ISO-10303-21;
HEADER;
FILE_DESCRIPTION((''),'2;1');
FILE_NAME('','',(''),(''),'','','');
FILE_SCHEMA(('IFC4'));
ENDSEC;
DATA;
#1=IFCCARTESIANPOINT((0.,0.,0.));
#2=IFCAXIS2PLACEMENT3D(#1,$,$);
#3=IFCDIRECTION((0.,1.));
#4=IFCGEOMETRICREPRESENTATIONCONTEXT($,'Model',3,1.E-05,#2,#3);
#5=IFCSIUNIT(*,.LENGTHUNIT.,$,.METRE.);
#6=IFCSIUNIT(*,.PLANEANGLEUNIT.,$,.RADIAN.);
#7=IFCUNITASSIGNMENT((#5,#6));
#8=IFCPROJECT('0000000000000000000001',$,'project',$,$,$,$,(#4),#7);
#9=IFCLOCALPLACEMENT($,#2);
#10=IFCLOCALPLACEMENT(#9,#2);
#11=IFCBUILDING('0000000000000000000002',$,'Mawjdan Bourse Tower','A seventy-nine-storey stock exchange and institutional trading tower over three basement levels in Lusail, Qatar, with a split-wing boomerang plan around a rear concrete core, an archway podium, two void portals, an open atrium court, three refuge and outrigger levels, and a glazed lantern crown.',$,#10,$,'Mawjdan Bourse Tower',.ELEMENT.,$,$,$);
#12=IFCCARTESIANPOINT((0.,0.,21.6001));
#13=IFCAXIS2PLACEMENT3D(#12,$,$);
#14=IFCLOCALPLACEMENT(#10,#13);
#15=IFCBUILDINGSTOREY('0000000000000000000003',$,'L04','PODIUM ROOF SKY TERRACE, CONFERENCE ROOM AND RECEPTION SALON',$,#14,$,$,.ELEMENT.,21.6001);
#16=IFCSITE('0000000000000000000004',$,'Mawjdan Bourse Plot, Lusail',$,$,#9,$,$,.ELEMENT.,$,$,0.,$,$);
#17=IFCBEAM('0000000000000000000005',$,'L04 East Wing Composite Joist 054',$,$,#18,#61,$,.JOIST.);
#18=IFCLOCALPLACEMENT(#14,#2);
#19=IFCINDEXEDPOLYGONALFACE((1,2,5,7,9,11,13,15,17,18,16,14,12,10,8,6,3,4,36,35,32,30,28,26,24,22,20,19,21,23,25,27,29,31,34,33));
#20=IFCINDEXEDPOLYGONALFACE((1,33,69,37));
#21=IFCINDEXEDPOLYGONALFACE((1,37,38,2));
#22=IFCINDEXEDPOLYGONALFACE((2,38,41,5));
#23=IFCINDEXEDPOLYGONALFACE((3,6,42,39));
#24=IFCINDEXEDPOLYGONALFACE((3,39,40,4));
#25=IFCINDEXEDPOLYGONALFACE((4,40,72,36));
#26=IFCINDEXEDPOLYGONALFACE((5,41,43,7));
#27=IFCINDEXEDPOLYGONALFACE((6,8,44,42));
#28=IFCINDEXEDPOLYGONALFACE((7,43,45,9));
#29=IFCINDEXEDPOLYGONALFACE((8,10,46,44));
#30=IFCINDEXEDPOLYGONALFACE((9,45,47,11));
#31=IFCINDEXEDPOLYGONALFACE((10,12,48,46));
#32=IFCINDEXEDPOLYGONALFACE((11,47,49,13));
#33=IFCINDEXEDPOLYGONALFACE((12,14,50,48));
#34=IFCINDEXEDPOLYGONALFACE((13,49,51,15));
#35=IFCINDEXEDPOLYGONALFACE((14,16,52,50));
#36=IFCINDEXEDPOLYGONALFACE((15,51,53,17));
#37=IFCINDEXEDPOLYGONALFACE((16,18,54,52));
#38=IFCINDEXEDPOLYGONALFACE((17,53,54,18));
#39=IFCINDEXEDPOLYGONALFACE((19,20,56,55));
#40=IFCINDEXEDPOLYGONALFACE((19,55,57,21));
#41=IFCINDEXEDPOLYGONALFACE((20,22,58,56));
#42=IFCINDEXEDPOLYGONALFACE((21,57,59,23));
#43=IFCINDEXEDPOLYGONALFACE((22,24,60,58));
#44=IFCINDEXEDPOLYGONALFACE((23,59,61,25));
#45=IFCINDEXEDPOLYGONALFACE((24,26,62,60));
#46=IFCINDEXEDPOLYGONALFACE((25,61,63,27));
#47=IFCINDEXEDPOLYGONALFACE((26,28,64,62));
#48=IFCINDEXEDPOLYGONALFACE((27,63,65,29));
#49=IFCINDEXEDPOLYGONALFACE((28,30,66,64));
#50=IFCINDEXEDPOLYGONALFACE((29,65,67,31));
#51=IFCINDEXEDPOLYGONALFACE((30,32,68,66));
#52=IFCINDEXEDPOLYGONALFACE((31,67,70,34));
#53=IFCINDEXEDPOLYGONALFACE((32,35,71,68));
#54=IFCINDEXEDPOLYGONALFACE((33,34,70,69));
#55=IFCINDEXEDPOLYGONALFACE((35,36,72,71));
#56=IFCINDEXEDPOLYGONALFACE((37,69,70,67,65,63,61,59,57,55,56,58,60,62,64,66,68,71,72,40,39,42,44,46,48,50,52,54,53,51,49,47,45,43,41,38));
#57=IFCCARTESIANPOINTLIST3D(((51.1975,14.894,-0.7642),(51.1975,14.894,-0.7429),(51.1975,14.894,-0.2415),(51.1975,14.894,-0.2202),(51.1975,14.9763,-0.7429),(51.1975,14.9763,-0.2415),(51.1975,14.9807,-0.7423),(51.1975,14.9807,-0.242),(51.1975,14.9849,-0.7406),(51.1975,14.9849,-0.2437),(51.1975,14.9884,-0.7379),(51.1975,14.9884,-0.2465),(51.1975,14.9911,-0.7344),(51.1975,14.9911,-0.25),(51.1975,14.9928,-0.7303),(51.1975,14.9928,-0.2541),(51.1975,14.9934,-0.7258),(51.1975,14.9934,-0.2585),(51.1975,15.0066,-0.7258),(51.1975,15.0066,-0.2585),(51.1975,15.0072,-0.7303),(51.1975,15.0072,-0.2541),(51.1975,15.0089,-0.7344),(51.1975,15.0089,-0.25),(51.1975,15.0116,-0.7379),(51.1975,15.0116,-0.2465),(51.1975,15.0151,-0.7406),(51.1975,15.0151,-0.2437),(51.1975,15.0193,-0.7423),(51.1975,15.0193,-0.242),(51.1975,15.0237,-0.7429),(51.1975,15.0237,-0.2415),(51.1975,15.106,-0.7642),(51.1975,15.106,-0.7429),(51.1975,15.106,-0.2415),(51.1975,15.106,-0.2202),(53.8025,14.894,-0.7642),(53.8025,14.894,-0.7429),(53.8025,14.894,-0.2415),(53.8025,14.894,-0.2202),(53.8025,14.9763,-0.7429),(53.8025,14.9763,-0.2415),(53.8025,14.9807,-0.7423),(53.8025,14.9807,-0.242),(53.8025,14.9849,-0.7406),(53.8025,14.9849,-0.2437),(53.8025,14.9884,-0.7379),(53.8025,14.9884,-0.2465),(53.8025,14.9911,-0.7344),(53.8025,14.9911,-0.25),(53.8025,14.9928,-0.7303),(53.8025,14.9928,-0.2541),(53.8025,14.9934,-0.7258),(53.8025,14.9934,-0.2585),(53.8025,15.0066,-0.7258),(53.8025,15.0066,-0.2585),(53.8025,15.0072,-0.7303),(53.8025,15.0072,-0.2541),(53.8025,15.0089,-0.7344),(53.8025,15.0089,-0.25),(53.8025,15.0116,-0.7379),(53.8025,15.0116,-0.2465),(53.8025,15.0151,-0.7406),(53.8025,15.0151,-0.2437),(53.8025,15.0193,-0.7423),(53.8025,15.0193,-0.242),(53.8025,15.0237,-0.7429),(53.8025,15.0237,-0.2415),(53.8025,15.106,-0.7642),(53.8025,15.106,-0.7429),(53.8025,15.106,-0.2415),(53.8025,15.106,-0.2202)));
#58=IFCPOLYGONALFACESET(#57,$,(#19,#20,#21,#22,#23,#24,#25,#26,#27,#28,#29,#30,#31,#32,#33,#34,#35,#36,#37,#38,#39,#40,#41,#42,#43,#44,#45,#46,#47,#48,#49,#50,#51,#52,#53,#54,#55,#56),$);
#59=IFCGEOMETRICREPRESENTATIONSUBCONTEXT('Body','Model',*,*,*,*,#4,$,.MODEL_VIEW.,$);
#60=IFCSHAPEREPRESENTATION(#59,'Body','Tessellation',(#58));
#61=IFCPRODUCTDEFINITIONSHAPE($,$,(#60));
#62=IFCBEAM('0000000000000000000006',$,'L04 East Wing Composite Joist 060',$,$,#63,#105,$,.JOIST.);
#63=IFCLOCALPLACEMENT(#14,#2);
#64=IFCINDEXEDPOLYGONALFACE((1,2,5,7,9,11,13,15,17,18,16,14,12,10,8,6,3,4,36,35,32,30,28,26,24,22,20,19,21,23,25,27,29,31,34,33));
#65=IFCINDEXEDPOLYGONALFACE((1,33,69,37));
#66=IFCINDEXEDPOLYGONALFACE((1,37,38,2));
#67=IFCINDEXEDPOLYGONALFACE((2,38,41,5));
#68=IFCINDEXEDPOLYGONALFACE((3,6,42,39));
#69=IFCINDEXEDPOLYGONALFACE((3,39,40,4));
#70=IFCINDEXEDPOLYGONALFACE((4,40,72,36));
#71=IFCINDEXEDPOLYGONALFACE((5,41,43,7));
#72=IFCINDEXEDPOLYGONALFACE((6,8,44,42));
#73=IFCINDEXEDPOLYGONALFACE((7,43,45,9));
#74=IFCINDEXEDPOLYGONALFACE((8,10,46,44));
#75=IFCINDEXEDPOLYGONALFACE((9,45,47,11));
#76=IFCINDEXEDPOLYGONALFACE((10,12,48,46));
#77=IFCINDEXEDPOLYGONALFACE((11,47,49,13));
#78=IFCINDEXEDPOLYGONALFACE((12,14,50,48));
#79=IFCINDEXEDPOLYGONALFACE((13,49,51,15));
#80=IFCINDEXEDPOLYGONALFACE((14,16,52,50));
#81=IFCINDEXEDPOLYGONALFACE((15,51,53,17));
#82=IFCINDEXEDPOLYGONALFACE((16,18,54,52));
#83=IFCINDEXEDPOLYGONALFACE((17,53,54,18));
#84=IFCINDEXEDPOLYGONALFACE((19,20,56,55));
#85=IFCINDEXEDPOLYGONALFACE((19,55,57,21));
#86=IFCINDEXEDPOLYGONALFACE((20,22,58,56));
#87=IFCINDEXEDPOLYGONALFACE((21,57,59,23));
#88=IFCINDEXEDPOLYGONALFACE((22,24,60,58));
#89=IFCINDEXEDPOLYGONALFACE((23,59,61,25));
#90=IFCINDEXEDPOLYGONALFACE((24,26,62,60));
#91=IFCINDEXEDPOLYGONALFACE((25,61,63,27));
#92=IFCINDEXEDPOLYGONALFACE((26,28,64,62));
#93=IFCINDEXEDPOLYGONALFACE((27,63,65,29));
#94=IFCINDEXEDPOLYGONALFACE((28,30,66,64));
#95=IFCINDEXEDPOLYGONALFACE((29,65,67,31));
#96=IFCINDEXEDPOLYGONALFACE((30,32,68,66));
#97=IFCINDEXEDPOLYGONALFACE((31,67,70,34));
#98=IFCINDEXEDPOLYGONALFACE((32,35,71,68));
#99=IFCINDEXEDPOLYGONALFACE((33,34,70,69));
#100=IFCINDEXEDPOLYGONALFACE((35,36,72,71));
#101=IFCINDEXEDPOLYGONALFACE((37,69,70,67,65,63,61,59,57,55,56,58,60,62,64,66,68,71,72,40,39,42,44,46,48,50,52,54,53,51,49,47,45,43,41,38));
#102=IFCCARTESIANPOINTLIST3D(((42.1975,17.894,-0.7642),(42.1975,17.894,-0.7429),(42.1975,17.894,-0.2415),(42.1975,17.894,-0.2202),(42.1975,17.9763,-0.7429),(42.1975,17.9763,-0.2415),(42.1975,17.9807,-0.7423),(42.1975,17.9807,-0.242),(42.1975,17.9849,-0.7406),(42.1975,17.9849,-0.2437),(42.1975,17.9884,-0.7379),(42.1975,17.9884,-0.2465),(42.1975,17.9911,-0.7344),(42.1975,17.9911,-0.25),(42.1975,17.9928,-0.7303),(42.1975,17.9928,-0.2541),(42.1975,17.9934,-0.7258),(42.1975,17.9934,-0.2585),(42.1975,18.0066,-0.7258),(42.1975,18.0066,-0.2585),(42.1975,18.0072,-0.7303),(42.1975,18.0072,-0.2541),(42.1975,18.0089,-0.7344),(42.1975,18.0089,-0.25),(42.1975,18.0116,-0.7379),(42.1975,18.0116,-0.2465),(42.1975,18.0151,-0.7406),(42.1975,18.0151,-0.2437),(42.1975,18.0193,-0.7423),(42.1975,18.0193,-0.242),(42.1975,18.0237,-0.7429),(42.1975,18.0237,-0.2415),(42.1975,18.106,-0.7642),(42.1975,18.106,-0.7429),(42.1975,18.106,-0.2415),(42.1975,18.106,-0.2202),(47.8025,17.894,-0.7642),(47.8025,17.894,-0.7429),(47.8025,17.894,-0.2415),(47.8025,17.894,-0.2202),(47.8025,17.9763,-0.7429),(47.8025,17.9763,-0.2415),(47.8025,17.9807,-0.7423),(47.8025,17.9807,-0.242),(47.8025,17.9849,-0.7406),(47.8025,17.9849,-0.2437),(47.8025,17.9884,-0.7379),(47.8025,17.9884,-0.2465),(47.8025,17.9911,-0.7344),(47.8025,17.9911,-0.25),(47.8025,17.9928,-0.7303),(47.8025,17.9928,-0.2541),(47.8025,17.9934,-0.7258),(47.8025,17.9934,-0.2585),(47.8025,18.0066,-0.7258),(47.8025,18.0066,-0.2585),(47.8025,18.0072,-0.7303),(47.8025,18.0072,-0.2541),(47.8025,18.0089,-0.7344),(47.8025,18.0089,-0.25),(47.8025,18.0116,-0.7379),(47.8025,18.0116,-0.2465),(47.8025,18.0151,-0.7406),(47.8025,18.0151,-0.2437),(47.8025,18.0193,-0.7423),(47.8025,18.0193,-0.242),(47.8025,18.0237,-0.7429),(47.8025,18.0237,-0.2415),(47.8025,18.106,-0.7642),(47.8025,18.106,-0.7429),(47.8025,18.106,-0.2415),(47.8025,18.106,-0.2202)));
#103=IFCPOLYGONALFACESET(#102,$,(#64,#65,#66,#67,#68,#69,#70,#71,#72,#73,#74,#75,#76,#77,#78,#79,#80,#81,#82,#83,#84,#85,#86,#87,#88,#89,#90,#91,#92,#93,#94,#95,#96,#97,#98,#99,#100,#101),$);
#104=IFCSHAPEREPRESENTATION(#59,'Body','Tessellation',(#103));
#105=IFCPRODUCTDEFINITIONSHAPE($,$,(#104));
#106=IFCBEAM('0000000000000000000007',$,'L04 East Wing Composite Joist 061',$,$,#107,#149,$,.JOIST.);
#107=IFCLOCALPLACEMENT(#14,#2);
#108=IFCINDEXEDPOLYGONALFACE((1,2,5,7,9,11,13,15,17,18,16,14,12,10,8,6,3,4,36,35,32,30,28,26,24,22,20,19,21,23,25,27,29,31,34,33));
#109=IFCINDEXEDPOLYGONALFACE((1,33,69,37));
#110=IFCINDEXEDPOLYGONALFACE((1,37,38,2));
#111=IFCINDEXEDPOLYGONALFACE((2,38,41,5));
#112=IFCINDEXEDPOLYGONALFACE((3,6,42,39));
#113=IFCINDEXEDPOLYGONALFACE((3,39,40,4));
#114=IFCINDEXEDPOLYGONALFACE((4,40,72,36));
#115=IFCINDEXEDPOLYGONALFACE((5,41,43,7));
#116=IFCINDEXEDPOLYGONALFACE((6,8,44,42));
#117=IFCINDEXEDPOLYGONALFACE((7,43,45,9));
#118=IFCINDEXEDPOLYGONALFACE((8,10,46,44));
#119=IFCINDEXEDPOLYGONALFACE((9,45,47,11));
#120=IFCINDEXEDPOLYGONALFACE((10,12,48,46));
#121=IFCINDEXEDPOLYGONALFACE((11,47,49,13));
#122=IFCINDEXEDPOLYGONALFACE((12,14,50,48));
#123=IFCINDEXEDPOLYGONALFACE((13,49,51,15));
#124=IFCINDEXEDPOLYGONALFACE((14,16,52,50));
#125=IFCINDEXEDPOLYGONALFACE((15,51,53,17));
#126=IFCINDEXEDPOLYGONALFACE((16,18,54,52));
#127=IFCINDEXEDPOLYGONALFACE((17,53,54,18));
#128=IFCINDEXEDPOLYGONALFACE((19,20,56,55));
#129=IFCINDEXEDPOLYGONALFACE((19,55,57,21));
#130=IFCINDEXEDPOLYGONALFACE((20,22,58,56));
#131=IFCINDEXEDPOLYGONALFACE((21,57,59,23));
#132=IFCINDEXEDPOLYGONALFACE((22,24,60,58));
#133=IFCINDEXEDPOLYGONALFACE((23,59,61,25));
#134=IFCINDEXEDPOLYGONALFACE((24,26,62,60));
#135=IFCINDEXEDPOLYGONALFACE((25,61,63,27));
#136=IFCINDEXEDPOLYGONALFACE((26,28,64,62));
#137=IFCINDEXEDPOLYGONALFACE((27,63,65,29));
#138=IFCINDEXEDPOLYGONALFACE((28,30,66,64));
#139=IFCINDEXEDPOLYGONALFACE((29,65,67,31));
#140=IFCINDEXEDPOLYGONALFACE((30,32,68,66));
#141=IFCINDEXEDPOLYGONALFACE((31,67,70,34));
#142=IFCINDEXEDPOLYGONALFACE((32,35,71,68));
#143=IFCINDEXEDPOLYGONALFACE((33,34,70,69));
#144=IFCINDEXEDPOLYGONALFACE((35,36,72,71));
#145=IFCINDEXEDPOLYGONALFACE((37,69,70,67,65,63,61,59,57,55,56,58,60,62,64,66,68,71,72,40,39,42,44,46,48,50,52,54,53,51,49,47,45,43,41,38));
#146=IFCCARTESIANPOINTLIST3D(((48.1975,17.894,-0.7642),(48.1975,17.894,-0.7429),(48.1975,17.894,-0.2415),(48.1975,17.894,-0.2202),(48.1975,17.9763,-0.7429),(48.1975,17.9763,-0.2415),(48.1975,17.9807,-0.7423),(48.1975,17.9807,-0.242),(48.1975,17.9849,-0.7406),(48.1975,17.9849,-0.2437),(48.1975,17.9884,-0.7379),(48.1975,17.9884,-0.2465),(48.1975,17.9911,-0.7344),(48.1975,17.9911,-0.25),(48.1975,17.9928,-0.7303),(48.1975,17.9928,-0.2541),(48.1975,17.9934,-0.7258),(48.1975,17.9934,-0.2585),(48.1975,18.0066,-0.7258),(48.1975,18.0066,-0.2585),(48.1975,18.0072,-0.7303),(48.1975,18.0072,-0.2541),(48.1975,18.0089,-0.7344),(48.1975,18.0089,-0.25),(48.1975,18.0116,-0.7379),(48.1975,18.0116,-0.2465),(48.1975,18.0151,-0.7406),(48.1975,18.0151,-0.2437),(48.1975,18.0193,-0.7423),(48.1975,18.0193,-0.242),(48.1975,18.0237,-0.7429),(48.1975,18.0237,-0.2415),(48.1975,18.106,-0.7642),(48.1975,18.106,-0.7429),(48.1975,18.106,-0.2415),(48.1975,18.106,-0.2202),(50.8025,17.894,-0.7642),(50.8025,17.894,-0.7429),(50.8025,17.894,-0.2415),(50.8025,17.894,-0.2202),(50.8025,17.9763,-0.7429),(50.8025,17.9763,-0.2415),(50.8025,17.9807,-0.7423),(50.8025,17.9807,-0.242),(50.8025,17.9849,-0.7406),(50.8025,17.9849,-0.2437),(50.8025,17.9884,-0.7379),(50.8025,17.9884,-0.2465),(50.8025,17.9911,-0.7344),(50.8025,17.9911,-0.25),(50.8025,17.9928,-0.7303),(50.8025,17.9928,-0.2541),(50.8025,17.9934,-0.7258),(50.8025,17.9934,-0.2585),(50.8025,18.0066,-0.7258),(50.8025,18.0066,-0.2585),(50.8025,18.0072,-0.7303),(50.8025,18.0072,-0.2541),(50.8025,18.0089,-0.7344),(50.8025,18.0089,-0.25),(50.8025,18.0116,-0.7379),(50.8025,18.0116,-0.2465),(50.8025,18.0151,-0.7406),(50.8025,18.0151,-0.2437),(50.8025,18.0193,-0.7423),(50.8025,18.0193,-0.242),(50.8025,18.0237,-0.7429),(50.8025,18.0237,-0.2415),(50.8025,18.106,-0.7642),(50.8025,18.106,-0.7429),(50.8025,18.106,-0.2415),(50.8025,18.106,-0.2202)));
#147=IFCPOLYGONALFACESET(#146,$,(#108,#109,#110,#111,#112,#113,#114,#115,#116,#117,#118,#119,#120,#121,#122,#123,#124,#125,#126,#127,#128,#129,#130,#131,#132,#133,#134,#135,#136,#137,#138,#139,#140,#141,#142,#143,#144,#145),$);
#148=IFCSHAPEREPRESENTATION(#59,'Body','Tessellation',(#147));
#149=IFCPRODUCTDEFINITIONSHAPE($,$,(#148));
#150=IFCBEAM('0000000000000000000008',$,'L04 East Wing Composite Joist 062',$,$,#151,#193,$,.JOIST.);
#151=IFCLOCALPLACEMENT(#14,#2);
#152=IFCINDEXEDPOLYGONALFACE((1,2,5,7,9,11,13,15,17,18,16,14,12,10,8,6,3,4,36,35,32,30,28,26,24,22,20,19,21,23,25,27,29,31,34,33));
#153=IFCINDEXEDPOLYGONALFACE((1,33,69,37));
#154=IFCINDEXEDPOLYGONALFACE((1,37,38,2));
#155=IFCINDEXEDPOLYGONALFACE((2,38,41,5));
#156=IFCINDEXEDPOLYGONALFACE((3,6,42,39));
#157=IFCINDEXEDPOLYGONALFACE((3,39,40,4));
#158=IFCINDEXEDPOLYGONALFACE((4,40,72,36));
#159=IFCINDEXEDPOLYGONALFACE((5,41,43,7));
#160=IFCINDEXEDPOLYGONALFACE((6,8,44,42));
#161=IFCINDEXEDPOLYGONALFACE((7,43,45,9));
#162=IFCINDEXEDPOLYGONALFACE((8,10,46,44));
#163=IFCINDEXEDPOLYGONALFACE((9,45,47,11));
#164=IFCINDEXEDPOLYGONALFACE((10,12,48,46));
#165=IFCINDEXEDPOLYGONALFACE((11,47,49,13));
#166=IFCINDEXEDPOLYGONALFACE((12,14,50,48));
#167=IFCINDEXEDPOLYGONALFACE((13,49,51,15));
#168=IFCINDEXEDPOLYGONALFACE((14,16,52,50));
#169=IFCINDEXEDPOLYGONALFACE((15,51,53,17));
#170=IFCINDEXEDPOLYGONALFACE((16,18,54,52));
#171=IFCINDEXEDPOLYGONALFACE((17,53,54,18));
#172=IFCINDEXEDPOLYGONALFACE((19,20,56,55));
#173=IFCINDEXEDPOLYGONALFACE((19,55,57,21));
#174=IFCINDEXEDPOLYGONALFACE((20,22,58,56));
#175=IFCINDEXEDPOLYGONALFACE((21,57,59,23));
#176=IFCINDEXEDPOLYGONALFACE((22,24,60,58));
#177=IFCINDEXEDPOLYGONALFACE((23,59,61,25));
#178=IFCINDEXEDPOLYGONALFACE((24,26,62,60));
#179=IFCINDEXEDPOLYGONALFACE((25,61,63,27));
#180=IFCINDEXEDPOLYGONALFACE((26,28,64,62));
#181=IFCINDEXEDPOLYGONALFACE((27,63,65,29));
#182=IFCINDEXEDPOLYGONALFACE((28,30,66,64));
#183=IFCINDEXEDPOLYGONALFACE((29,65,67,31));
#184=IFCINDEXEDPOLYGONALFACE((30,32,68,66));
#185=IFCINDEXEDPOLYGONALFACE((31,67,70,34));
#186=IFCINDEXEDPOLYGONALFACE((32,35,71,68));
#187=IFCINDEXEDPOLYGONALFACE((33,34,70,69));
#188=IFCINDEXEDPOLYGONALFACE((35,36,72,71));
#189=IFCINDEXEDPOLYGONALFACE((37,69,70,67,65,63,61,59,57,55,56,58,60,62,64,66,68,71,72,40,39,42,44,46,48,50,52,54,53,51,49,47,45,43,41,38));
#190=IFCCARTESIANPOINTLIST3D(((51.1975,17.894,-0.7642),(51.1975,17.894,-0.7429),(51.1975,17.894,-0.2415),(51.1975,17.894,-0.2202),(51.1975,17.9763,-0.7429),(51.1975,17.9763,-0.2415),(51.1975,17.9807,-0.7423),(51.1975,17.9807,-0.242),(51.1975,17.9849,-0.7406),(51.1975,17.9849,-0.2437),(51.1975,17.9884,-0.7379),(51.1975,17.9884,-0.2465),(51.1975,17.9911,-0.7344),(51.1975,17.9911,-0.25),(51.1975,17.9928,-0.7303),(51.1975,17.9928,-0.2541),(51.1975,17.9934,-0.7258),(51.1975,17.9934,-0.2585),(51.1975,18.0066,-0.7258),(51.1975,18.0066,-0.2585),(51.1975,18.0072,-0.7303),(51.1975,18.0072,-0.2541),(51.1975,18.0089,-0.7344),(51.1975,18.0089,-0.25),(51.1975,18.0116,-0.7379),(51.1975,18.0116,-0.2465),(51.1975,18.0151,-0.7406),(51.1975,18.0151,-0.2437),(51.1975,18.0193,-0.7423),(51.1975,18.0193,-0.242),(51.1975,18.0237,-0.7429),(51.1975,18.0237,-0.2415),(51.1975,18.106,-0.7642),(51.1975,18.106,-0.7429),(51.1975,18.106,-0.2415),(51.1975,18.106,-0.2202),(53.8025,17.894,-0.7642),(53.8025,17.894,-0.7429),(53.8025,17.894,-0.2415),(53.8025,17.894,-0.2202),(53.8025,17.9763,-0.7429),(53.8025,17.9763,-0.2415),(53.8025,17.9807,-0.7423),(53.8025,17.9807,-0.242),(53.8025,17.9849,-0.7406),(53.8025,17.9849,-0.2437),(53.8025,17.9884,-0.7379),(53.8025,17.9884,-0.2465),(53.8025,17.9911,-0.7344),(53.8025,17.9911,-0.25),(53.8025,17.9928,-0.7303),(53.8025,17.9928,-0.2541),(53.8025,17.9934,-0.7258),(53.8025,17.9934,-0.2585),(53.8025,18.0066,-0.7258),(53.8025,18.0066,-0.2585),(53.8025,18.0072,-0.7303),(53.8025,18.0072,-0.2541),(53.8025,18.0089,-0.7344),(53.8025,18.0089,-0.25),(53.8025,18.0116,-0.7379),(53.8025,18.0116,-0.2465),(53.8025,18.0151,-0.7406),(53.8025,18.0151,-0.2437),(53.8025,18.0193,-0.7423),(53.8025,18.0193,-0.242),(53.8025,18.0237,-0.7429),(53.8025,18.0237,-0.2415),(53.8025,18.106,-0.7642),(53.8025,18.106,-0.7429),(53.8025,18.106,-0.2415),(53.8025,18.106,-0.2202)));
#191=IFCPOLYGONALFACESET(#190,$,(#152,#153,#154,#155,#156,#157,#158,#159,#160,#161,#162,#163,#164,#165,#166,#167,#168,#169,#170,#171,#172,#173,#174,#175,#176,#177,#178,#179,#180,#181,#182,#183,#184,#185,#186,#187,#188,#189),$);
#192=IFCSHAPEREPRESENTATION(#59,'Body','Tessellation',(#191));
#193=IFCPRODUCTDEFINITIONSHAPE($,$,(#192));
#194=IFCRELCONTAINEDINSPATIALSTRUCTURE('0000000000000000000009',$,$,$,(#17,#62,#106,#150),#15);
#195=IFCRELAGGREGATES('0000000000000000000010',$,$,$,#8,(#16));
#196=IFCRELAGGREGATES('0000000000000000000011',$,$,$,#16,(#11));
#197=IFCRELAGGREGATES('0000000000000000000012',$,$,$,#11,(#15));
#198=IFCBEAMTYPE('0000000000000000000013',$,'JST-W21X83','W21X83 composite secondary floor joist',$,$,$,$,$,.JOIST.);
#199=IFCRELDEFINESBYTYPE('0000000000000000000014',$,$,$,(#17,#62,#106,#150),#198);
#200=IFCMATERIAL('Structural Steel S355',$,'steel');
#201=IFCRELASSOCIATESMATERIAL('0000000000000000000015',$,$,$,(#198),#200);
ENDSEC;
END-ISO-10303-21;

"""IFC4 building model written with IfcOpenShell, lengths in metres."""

from ifc_helpers import new_model, si_unit, direction, frame, origin, origin_2d, place, context, subcontext, project, spatial, i_section, extrude, material, material_profile, profile_set, type_object, element, save


model = new_model("IFC4")

# Units and contexts
model_context = context("Model", 3, precision=1e-05, world=origin(), true_north=direction((0.0, 1.0)))
body_context = subcontext(model_context, "Body", "Model", "MODEL_VIEW")
ifc_project = project(units=[si_unit("LENGTHUNIT", "METRE"), si_unit("PLANEANGLEUNIT", "RADIAN")], contexts=[model_context])

# Site, building, storey
site_placement = place(None, origin())
site = spatial("IfcSite", under=ifc_project, at=site_placement, Name="Mawjdan Bourse Plot, Lusail", CompositionType="ELEMENT", RefElevation=0.0)
building_placement = place(site_placement, origin())
building = spatial("IfcBuilding", under=site, at=building_placement, Name="Mawjdan Bourse Tower", Description="A seventy-nine-storey stock exchange and institutional trading tower over three basement levels in Lusail, Qatar, with a split-wing boomerang plan around a rear concrete core, an archway podium, two void portals, an open atrium court, three refuge and outrigger levels, and a glazed lantern crown.", LongName="Mawjdan Bourse Tower", CompositionType="ELEMENT")
storey_placement = place(building_placement, frame((0.0, 0.0, 21.6001)))
storey = spatial("IfcBuildingStorey", under=building, at=storey_placement, Name="L04", Description="PODIUM ROOF SKY TERRACE, CONFERENCE ROOM AND RECEPTION SALON", CompositionType="ELEMENT", Elevation=21.6001)

# Beams
ifc_material_1 = material(Name="Structural Steel S355", Category="steel")
ifc_material_profile_1 = material_profile(ifc_material_1, i_section(OverallWidth=0.2119, OverallDepth=0.5439, WebThickness=0.0132, FlangeThickness=0.0212, FilletRadius=0.0171, at=origin_2d()), Name="W21X83")
ifc_profile_set_1 = profile_set([ifc_material_profile_1], Name="Structural Steel S355")
beam_type_1 = type_object("IfcBeamType", Name="JST-W21X83", Description="W21X83 composite secondary floor joist", PredefinedType="JOIST", material=ifc_profile_set_1)
for number, where, z_axis, x_axis, name in (
    (1, (51.1975, 15.0, -0.4922), (1.0, 0.0, 0.0), (0.0, 1.0, 0.0), "L04 East Wing Composite Joist 054"),
):
    element("IfcBeam", number, at=place(storey_placement, frame(where, z_axis=z_axis, x_axis=x_axis)), inside=storey, type_object=beam_type_1, Name=name, PredefinedType="JOIST", context=body_context, shape_type="SweptSolid", body=[
        extrude(i_section(OverallWidth=0.2119, OverallDepth=0.5439, WebThickness=0.0132, FlangeThickness=0.0212, FilletRadius=0.0171, at=origin_2d()), origin(), (0.0, 0.0, 1.0), 2.605),
    ])
beam_1_placement = place(storey_placement, frame((42.1975, 18.0, -0.4922), z_axis=(1.0, 0.0, 0.0), x_axis=(0.0, 1.0, 0.0)))
element("IfcBeam", 2, at=beam_1_placement, inside=storey, type_object=beam_type_1, Name="L04 East Wing Composite Joist 060", PredefinedType="JOIST", context=body_context, shape_type="SweptSolid", body=[
    extrude(i_section(OverallWidth=0.2119, OverallDepth=0.5439, WebThickness=0.0132, FlangeThickness=0.0212, FilletRadius=0.0171, at=origin_2d()), origin(), (0.0, 0.0, 1.0), 5.605),
])
for number, where, z_axis, x_axis, name in (
    (3, (48.1975, 18.0, -0.4922), (1.0, 0.0, 0.0), (0.0, 1.0, 0.0), "L04 East Wing Composite Joist 061"),
    (4, (51.1975, 18.0, -0.4922), (1.0, 0.0, 0.0), (0.0, 1.0, 0.0), "L04 East Wing Composite Joist 062"),
):
    element("IfcBeam", number, at=place(storey_placement, frame(where, z_axis=z_axis, x_axis=x_axis)), inside=storey, type_object=beam_type_1, Name=name, PredefinedType="JOIST", context=body_context, shape_type="SweptSolid", body=[
        extrude(i_section(OverallWidth=0.2119, OverallDepth=0.5439, WebThickness=0.0132, FlangeThickness=0.0212, FilletRadius=0.0171, at=origin_2d()), origin(), (0.0, 0.0, 1.0), 2.605),
    ])

save(model, "model.ifc")
